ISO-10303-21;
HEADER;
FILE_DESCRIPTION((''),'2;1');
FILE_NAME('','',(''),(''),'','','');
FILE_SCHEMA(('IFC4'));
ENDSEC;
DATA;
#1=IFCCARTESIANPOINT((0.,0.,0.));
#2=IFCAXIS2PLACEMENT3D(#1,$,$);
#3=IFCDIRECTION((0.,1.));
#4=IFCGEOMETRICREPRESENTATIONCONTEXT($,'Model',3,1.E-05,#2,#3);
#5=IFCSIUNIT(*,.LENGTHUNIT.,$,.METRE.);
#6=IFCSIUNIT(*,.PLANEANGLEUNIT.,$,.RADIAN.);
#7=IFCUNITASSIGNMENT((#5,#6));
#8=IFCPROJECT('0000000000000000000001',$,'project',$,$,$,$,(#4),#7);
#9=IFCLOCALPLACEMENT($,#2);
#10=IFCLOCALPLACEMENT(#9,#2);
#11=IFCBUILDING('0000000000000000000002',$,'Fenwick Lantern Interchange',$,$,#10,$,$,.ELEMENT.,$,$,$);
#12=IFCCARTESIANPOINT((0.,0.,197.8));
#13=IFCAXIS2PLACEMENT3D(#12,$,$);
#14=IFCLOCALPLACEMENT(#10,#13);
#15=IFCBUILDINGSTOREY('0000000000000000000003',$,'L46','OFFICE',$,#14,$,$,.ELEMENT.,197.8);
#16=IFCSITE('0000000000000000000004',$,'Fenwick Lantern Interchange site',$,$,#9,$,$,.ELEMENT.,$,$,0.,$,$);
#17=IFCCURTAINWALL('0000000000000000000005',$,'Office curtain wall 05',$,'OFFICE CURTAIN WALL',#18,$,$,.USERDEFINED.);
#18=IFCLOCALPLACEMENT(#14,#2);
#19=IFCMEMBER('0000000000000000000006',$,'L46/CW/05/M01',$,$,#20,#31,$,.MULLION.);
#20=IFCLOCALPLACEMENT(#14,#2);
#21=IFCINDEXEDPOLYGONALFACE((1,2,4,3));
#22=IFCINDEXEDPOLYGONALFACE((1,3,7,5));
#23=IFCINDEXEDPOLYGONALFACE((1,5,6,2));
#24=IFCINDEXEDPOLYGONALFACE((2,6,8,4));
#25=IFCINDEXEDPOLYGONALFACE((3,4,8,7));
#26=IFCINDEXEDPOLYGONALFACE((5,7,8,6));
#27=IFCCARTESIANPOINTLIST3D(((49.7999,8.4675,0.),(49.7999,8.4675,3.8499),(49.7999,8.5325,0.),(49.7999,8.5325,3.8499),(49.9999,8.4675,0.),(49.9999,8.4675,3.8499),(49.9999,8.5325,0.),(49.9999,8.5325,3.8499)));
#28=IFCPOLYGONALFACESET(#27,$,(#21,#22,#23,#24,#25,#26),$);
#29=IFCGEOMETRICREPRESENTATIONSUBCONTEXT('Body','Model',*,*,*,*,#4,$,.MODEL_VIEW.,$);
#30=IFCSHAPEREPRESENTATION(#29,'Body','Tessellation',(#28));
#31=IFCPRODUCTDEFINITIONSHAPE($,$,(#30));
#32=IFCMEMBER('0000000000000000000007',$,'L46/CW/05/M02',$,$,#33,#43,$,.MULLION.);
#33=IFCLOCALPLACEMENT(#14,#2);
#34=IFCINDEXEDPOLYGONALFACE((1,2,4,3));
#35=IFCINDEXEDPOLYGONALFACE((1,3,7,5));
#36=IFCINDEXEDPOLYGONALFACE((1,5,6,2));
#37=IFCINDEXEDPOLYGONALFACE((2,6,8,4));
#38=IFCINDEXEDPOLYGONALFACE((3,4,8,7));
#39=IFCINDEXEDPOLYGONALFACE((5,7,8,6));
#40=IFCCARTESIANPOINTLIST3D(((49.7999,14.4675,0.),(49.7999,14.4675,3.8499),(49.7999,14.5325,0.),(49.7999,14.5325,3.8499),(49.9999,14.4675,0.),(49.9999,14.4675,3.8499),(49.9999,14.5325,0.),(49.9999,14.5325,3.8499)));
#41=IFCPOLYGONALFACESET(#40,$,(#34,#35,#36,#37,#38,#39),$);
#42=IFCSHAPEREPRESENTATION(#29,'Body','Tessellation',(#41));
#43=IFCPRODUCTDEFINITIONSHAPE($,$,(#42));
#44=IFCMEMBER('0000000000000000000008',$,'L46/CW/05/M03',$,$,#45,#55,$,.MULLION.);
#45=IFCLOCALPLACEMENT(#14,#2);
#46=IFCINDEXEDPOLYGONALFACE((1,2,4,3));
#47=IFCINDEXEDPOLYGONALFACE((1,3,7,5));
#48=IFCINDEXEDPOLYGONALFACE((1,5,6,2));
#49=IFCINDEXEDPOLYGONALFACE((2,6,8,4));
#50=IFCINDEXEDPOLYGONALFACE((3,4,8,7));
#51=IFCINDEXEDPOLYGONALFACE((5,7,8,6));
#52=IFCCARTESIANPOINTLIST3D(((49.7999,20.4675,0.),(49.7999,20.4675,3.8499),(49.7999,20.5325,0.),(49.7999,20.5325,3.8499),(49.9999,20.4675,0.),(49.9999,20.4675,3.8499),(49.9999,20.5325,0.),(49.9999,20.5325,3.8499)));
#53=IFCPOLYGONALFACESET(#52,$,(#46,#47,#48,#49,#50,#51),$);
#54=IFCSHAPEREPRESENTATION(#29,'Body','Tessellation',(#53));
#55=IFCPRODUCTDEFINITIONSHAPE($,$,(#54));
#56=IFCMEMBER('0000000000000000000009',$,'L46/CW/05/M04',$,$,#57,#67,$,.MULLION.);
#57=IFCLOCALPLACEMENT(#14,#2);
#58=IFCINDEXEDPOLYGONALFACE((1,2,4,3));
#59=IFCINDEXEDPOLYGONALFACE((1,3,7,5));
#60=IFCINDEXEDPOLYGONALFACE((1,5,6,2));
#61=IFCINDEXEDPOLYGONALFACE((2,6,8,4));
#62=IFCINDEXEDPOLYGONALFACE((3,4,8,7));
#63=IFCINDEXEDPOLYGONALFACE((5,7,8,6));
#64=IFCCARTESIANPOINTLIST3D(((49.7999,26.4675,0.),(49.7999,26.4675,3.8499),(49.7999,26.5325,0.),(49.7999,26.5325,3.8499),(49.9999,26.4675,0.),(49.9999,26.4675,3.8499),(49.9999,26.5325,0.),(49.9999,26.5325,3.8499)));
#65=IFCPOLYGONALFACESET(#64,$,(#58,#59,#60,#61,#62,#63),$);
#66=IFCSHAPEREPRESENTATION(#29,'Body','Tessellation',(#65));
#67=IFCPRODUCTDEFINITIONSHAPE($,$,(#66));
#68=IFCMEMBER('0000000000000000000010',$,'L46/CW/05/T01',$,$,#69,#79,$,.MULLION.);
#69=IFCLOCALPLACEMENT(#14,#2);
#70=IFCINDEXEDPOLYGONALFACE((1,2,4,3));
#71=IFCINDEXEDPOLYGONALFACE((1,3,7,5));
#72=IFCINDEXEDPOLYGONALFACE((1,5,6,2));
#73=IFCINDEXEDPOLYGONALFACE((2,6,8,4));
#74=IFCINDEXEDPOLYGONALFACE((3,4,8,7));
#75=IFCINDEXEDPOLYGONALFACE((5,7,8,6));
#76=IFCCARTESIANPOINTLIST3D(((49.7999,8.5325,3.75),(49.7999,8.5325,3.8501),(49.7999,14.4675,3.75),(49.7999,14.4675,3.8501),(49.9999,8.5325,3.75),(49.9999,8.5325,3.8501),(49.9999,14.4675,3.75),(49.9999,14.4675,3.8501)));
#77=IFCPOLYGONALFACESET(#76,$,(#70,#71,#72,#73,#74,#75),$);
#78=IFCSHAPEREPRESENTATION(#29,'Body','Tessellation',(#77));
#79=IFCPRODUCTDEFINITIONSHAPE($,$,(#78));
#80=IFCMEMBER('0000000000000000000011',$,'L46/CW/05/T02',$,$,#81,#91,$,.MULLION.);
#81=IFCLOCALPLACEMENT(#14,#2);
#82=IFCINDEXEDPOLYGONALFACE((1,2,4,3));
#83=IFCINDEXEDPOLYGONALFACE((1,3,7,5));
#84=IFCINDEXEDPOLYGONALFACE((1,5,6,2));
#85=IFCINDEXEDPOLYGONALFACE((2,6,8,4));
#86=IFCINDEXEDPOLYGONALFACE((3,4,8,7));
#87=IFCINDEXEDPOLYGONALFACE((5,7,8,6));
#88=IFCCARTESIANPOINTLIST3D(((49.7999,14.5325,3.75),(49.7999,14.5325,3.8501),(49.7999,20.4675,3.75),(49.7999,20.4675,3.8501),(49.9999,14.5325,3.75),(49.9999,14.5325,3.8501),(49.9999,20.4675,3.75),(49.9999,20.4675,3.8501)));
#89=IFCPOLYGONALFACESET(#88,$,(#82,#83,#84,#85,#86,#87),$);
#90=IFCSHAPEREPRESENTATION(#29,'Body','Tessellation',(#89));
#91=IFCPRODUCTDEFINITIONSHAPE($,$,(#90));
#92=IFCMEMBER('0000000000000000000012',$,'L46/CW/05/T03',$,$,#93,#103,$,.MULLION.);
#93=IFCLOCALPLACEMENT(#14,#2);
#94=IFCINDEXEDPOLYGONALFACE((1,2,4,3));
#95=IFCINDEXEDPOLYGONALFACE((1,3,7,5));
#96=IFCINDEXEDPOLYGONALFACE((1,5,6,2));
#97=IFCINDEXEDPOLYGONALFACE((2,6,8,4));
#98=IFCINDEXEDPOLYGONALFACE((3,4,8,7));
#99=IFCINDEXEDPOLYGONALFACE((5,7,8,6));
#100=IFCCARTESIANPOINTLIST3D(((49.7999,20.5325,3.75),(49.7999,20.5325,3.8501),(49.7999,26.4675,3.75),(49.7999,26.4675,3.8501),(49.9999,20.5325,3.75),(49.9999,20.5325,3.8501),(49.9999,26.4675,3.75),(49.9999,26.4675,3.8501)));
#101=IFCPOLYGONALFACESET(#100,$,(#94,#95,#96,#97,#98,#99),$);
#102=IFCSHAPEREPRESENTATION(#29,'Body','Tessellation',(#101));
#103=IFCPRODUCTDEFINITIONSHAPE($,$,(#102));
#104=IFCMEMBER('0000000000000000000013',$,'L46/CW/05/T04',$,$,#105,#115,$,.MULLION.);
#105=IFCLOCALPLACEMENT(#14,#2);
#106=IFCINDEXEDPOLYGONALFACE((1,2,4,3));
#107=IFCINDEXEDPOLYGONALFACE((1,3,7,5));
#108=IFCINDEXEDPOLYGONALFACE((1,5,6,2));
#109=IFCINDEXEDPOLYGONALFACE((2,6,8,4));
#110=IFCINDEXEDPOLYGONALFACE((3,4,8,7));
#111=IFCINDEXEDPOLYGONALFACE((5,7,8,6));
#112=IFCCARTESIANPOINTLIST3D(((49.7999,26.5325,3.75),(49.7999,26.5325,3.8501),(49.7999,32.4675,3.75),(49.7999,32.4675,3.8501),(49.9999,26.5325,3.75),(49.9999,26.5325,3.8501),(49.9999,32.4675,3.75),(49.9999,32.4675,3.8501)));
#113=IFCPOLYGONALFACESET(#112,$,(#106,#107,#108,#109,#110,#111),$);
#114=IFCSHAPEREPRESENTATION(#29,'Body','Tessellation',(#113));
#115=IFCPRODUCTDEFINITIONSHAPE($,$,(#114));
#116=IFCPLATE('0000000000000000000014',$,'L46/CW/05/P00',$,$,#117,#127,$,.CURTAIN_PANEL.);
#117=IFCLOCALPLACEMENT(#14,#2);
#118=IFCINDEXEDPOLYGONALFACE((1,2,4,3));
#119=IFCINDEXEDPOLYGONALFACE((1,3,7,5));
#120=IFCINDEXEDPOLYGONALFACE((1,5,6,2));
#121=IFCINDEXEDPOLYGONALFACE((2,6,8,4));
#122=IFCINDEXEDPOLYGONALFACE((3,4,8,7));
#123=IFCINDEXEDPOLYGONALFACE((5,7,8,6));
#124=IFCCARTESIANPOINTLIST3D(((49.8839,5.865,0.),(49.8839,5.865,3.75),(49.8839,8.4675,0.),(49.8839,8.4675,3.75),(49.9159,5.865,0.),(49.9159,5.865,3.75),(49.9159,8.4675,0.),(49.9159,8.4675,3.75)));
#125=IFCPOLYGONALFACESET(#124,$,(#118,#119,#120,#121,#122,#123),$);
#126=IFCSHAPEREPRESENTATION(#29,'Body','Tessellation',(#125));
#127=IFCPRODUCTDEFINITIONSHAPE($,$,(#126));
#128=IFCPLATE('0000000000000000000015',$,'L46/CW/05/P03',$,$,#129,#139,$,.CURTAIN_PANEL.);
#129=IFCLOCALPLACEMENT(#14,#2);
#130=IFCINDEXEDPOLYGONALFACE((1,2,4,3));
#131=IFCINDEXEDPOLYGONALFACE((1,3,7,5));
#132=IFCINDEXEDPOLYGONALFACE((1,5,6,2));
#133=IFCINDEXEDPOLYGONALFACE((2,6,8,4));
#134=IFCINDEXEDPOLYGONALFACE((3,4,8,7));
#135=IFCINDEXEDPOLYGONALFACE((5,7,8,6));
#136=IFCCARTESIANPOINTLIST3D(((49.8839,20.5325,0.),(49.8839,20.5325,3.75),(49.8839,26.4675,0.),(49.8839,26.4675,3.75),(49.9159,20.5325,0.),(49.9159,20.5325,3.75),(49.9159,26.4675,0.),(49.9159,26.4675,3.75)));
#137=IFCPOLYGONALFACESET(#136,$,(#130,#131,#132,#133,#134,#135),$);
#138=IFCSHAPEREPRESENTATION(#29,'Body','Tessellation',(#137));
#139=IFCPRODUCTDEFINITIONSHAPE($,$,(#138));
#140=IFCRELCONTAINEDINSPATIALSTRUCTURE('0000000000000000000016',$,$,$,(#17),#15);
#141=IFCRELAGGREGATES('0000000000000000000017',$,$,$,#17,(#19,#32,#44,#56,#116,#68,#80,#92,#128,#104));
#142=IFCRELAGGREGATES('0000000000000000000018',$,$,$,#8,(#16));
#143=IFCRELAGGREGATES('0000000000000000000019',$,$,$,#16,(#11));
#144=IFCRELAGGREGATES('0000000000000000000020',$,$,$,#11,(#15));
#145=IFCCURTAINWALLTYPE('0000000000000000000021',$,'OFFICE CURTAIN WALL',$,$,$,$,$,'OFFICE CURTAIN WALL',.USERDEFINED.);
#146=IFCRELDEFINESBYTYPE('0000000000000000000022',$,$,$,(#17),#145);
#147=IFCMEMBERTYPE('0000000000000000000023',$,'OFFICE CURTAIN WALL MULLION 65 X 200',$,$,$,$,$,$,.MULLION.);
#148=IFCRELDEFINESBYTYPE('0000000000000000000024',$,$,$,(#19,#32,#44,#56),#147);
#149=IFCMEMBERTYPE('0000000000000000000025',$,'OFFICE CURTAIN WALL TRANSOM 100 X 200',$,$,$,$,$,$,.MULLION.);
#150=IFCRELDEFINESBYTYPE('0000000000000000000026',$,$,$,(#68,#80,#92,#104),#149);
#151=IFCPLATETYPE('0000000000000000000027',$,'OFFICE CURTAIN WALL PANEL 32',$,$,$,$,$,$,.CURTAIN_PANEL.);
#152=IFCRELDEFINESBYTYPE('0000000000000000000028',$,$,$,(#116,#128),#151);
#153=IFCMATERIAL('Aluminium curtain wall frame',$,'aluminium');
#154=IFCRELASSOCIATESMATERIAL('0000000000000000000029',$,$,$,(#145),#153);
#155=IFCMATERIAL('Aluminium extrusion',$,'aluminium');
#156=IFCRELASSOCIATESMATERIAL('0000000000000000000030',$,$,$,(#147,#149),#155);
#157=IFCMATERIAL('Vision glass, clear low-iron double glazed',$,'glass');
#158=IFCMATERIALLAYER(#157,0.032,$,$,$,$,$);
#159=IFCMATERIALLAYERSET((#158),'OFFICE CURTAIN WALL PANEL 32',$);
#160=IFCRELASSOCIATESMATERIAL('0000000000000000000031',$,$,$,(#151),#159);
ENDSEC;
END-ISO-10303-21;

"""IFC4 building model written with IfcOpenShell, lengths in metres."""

from ifc_helpers import new_model, si_unit, direction, frame, origin, origin_2d, place, context, subcontext, project, spatial, rectangle, extrude, material, layer, layer_set, material_profile, profile_set, type_object, element, aggregate, save


model = new_model("IFC4")

# Units and contexts
model_context = context("Model", 3, precision=1e-05, world=origin(), true_north=direction((0.0, 1.0)))
body_context = subcontext(model_context, "Body", "Model", "MODEL_VIEW")
ifc_project = project(units=[si_unit("LENGTHUNIT", "METRE"), si_unit("PLANEANGLEUNIT", "RADIAN")], contexts=[model_context])

# Site, building, storey
site_placement = place(None, origin())
site = spatial("IfcSite", under=ifc_project, at=site_placement, Name="Fenwick Lantern Interchange site", CompositionType="ELEMENT", RefElevation=0.0)
building_placement = place(site_placement, origin())
building = spatial("IfcBuilding", under=site, at=building_placement, Name="Fenwick Lantern Interchange", CompositionType="ELEMENT")
storey_placement = place(building_placement, frame((0.0, 0.0, 197.8)))
storey = spatial("IfcBuildingStorey", under=building, at=storey_placement, Name="L46", Description="OFFICE", CompositionType="ELEMENT", Elevation=197.8)

# Curtain wall, members, plates
ifc_material_1 = material(Name="Aluminium curtain wall frame", Category="aluminium")
curtain_wall_type = type_object("IfcCurtainWallType", Name="OFFICE CURTAIN WALL", ElementType="OFFICE CURTAIN WALL", PredefinedType="USERDEFINED", material=ifc_material_1)
curtain_wall_placement = place(storey_placement, origin())
curtain_wall = element("IfcCurtainWall", 1, at=curtain_wall_placement, inside=storey, type_object=curtain_wall_type, Name="Office curtain wall 05", ObjectType="OFFICE CURTAIN WALL", PredefinedType="USERDEFINED")
ifc_material_2 = material(Name="Aluminium extrusion", Category="aluminium")
ifc_material_profile_1 = material_profile(ifc_material_2, rectangle(XDim=0.2, YDim=0.0649, at=origin_2d()), Name="OFFICE CURTAIN WALL MULLION 65 X 200")
ifc_profile_set_1 = profile_set([ifc_material_profile_1], Name="Aluminium extrusion")
member_type_1 = type_object("IfcMemberType", Name="OFFICE CURTAIN WALL MULLION 65 X 200", PredefinedType="MULLION", material=ifc_profile_set_1)
member_1_placement = place(storey_placement, frame((49.8999, 8.5, 0.0), z_axis=(0.0, 0.0, 1.0), x_axis=(-1.0, 0.0, 0.0)))
member_1 = element("IfcMember", 2, at=member_1_placement, type_object=member_type_1, Name="L46/CW/05/M01", PredefinedType="MULLION", context=body_context, shape_type="SweptSolid", body=[
    extrude(rectangle(XDim=0.2, YDim=0.0649, at=origin_2d()), origin(), (0.0, 0.0, 1.0), 3.8499),
])
member_2_placement = place(storey_placement, frame((49.8999, 14.5, 0.0), z_axis=(0.0, 0.0, 1.0), x_axis=(-1.0, 0.0, 0.0)))
member_2 = element("IfcMember", 3, at=member_2_placement, type_object=member_type_1, Name="L46/CW/05/M02", PredefinedType="MULLION", context=body_context, shape_type="SweptSolid", body=[
    extrude(rectangle(XDim=0.2, YDim=0.0649, at=origin_2d()), origin(), (0.0, 0.0, 1.0), 3.8499),
])
member_3_placement = place(storey_placement, frame((49.8999, 20.5, 0.0), z_axis=(0.0, 0.0, 1.0), x_axis=(-1.0, 0.0, 0.0)))
member_3 = element("IfcMember", 4, at=member_3_placement, type_object=member_type_1, Name="L46/CW/05/M03", PredefinedType="MULLION", context=body_context, shape_type="SweptSolid", body=[
    extrude(rectangle(XDim=0.2, YDim=0.0649, at=origin_2d()), origin(), (0.0, 0.0, 1.0), 3.8499),
])
member_4_placement = place(storey_placement, frame((49.8999, 26.5, 0.0), z_axis=(0.0, 0.0, 1.0), x_axis=(-1.0, 0.0, 0.0)))
member_4 = element("IfcMember", 5, at=member_4_placement, type_object=member_type_1, Name="L46/CW/05/M04", PredefinedType="MULLION", context=body_context, shape_type="SweptSolid", body=[
    extrude(rectangle(XDim=0.2, YDim=0.0649, at=origin_2d()), origin(), (0.0, 0.0, 1.0), 3.8499),
])
ifc_material_profile_2 = material_profile(ifc_material_2, rectangle(XDim=0.2, YDim=0.1001, at=origin_2d()), Name="OFFICE CURTAIN WALL TRANSOM 100 X 200")
ifc_profile_set_2 = profile_set([ifc_material_profile_2], Name="Aluminium extrusion")
member_type_2 = type_object("IfcMemberType", Name="OFFICE CURTAIN WALL TRANSOM 100 X 200", PredefinedType="MULLION", material=ifc_profile_set_2)
member_5_placement = place(storey_placement, frame((49.8999, 8.5325, 3.8), z_axis=(0.0, 1.0, 0.0), x_axis=(-1.0, 0.0, 0.0)))
member_5 = element("IfcMember", 6, at=member_5_placement, type_object=member_type_2, Name="L46/CW/05/T01", PredefinedType="MULLION", context=body_context, shape_type="SweptSolid", body=[
    extrude(rectangle(XDim=0.2, YDim=0.1001, at=origin_2d()), origin(), (0.0, 0.0, 1.0), 5.9351),
])
member_6_placement = place(storey_placement, frame((49.8999, 14.5325, 3.8), z_axis=(0.0, 1.0, 0.0), x_axis=(-1.0, 0.0, 0.0)))
member_6 = element("IfcMember", 7, at=member_6_placement, type_object=member_type_2, Name="L46/CW/05/T02", PredefinedType="MULLION", context=body_context, shape_type="SweptSolid", body=[
    extrude(rectangle(XDim=0.2, YDim=0.1001, at=origin_2d()), origin(), (0.0, 0.0, 1.0), 5.9351),
])
member_7_placement = place(storey_placement, frame((49.8999, 20.5325, 3.8), z_axis=(0.0, 1.0, 0.0), x_axis=(-1.0, 0.0, 0.0)))
member_7 = element("IfcMember", 8, at=member_7_placement, type_object=member_type_2, Name="L46/CW/05/T03", PredefinedType="MULLION", context=body_context, shape_type="SweptSolid", body=[
    extrude(rectangle(XDim=0.2, YDim=0.1001, at=origin_2d()), origin(), (0.0, 0.0, 1.0), 5.9351),
])
member_8_placement = place(storey_placement, frame((49.8999, 26.5325, 3.8), z_axis=(0.0, 1.0, 0.0), x_axis=(-1.0, 0.0, 0.0)))
member_8 = element("IfcMember", 9, at=member_8_placement, type_object=member_type_2, Name="L46/CW/05/T04", PredefinedType="MULLION", context=body_context, shape_type="SweptSolid", body=[
    extrude(rectangle(XDim=0.2, YDim=0.1001, at=origin_2d()), origin(), (0.0, 0.0, 1.0), 5.9351),
])
ifc_material_3 = material(Name="Vision glass, clear low-iron double glazed", Category="glass")
ifc_layer = layer(ifc_material_3, 0.032)
ifc_layer_set = layer_set([ifc_layer], Name="OFFICE CURTAIN WALL PANEL 32")
plate_type = type_object("IfcPlateType", Name="OFFICE CURTAIN WALL PANEL 32", PredefinedType="CURTAIN_PANEL", material=ifc_layer_set)
plate_1_placement = place(storey_placement, frame((49.8999, 7.1663, 0.0), z_axis=(0.0, 0.0, 1.0), x_axis=(0.0, 1.0, 0.0)))
plate_1 = element("IfcPlate", 10, at=plate_1_placement, type_object=plate_type, Name="L46/CW/05/P00", PredefinedType="CURTAIN_PANEL", context=body_context, shape_type="SweptSolid", body=[
    extrude(rectangle(XDim=2.6025, YDim=0.032, at=origin_2d()), origin(), (0.0, 0.0, 1.0), 3.75),
])
plate_2_placement = place(storey_placement, frame((49.8999, 23.5, 0.0), z_axis=(0.0, 0.0, 1.0), x_axis=(0.0, 1.0, 0.0)))
plate_2 = element("IfcPlate", 11, at=plate_2_placement, type_object=plate_type, Name="L46/CW/05/P03", PredefinedType="CURTAIN_PANEL", context=body_context, shape_type="SweptSolid", body=[
    extrude(rectangle(XDim=5.9351, YDim=0.032, at=origin_2d()), origin(), (0.0, 0.0, 1.0), 3.75),
])
aggregate(curtain_wall, [member_1, member_2, member_3, member_4, plate_1, member_5, member_6, member_7, plate_2, member_8])

save(model, "model.ifc")
